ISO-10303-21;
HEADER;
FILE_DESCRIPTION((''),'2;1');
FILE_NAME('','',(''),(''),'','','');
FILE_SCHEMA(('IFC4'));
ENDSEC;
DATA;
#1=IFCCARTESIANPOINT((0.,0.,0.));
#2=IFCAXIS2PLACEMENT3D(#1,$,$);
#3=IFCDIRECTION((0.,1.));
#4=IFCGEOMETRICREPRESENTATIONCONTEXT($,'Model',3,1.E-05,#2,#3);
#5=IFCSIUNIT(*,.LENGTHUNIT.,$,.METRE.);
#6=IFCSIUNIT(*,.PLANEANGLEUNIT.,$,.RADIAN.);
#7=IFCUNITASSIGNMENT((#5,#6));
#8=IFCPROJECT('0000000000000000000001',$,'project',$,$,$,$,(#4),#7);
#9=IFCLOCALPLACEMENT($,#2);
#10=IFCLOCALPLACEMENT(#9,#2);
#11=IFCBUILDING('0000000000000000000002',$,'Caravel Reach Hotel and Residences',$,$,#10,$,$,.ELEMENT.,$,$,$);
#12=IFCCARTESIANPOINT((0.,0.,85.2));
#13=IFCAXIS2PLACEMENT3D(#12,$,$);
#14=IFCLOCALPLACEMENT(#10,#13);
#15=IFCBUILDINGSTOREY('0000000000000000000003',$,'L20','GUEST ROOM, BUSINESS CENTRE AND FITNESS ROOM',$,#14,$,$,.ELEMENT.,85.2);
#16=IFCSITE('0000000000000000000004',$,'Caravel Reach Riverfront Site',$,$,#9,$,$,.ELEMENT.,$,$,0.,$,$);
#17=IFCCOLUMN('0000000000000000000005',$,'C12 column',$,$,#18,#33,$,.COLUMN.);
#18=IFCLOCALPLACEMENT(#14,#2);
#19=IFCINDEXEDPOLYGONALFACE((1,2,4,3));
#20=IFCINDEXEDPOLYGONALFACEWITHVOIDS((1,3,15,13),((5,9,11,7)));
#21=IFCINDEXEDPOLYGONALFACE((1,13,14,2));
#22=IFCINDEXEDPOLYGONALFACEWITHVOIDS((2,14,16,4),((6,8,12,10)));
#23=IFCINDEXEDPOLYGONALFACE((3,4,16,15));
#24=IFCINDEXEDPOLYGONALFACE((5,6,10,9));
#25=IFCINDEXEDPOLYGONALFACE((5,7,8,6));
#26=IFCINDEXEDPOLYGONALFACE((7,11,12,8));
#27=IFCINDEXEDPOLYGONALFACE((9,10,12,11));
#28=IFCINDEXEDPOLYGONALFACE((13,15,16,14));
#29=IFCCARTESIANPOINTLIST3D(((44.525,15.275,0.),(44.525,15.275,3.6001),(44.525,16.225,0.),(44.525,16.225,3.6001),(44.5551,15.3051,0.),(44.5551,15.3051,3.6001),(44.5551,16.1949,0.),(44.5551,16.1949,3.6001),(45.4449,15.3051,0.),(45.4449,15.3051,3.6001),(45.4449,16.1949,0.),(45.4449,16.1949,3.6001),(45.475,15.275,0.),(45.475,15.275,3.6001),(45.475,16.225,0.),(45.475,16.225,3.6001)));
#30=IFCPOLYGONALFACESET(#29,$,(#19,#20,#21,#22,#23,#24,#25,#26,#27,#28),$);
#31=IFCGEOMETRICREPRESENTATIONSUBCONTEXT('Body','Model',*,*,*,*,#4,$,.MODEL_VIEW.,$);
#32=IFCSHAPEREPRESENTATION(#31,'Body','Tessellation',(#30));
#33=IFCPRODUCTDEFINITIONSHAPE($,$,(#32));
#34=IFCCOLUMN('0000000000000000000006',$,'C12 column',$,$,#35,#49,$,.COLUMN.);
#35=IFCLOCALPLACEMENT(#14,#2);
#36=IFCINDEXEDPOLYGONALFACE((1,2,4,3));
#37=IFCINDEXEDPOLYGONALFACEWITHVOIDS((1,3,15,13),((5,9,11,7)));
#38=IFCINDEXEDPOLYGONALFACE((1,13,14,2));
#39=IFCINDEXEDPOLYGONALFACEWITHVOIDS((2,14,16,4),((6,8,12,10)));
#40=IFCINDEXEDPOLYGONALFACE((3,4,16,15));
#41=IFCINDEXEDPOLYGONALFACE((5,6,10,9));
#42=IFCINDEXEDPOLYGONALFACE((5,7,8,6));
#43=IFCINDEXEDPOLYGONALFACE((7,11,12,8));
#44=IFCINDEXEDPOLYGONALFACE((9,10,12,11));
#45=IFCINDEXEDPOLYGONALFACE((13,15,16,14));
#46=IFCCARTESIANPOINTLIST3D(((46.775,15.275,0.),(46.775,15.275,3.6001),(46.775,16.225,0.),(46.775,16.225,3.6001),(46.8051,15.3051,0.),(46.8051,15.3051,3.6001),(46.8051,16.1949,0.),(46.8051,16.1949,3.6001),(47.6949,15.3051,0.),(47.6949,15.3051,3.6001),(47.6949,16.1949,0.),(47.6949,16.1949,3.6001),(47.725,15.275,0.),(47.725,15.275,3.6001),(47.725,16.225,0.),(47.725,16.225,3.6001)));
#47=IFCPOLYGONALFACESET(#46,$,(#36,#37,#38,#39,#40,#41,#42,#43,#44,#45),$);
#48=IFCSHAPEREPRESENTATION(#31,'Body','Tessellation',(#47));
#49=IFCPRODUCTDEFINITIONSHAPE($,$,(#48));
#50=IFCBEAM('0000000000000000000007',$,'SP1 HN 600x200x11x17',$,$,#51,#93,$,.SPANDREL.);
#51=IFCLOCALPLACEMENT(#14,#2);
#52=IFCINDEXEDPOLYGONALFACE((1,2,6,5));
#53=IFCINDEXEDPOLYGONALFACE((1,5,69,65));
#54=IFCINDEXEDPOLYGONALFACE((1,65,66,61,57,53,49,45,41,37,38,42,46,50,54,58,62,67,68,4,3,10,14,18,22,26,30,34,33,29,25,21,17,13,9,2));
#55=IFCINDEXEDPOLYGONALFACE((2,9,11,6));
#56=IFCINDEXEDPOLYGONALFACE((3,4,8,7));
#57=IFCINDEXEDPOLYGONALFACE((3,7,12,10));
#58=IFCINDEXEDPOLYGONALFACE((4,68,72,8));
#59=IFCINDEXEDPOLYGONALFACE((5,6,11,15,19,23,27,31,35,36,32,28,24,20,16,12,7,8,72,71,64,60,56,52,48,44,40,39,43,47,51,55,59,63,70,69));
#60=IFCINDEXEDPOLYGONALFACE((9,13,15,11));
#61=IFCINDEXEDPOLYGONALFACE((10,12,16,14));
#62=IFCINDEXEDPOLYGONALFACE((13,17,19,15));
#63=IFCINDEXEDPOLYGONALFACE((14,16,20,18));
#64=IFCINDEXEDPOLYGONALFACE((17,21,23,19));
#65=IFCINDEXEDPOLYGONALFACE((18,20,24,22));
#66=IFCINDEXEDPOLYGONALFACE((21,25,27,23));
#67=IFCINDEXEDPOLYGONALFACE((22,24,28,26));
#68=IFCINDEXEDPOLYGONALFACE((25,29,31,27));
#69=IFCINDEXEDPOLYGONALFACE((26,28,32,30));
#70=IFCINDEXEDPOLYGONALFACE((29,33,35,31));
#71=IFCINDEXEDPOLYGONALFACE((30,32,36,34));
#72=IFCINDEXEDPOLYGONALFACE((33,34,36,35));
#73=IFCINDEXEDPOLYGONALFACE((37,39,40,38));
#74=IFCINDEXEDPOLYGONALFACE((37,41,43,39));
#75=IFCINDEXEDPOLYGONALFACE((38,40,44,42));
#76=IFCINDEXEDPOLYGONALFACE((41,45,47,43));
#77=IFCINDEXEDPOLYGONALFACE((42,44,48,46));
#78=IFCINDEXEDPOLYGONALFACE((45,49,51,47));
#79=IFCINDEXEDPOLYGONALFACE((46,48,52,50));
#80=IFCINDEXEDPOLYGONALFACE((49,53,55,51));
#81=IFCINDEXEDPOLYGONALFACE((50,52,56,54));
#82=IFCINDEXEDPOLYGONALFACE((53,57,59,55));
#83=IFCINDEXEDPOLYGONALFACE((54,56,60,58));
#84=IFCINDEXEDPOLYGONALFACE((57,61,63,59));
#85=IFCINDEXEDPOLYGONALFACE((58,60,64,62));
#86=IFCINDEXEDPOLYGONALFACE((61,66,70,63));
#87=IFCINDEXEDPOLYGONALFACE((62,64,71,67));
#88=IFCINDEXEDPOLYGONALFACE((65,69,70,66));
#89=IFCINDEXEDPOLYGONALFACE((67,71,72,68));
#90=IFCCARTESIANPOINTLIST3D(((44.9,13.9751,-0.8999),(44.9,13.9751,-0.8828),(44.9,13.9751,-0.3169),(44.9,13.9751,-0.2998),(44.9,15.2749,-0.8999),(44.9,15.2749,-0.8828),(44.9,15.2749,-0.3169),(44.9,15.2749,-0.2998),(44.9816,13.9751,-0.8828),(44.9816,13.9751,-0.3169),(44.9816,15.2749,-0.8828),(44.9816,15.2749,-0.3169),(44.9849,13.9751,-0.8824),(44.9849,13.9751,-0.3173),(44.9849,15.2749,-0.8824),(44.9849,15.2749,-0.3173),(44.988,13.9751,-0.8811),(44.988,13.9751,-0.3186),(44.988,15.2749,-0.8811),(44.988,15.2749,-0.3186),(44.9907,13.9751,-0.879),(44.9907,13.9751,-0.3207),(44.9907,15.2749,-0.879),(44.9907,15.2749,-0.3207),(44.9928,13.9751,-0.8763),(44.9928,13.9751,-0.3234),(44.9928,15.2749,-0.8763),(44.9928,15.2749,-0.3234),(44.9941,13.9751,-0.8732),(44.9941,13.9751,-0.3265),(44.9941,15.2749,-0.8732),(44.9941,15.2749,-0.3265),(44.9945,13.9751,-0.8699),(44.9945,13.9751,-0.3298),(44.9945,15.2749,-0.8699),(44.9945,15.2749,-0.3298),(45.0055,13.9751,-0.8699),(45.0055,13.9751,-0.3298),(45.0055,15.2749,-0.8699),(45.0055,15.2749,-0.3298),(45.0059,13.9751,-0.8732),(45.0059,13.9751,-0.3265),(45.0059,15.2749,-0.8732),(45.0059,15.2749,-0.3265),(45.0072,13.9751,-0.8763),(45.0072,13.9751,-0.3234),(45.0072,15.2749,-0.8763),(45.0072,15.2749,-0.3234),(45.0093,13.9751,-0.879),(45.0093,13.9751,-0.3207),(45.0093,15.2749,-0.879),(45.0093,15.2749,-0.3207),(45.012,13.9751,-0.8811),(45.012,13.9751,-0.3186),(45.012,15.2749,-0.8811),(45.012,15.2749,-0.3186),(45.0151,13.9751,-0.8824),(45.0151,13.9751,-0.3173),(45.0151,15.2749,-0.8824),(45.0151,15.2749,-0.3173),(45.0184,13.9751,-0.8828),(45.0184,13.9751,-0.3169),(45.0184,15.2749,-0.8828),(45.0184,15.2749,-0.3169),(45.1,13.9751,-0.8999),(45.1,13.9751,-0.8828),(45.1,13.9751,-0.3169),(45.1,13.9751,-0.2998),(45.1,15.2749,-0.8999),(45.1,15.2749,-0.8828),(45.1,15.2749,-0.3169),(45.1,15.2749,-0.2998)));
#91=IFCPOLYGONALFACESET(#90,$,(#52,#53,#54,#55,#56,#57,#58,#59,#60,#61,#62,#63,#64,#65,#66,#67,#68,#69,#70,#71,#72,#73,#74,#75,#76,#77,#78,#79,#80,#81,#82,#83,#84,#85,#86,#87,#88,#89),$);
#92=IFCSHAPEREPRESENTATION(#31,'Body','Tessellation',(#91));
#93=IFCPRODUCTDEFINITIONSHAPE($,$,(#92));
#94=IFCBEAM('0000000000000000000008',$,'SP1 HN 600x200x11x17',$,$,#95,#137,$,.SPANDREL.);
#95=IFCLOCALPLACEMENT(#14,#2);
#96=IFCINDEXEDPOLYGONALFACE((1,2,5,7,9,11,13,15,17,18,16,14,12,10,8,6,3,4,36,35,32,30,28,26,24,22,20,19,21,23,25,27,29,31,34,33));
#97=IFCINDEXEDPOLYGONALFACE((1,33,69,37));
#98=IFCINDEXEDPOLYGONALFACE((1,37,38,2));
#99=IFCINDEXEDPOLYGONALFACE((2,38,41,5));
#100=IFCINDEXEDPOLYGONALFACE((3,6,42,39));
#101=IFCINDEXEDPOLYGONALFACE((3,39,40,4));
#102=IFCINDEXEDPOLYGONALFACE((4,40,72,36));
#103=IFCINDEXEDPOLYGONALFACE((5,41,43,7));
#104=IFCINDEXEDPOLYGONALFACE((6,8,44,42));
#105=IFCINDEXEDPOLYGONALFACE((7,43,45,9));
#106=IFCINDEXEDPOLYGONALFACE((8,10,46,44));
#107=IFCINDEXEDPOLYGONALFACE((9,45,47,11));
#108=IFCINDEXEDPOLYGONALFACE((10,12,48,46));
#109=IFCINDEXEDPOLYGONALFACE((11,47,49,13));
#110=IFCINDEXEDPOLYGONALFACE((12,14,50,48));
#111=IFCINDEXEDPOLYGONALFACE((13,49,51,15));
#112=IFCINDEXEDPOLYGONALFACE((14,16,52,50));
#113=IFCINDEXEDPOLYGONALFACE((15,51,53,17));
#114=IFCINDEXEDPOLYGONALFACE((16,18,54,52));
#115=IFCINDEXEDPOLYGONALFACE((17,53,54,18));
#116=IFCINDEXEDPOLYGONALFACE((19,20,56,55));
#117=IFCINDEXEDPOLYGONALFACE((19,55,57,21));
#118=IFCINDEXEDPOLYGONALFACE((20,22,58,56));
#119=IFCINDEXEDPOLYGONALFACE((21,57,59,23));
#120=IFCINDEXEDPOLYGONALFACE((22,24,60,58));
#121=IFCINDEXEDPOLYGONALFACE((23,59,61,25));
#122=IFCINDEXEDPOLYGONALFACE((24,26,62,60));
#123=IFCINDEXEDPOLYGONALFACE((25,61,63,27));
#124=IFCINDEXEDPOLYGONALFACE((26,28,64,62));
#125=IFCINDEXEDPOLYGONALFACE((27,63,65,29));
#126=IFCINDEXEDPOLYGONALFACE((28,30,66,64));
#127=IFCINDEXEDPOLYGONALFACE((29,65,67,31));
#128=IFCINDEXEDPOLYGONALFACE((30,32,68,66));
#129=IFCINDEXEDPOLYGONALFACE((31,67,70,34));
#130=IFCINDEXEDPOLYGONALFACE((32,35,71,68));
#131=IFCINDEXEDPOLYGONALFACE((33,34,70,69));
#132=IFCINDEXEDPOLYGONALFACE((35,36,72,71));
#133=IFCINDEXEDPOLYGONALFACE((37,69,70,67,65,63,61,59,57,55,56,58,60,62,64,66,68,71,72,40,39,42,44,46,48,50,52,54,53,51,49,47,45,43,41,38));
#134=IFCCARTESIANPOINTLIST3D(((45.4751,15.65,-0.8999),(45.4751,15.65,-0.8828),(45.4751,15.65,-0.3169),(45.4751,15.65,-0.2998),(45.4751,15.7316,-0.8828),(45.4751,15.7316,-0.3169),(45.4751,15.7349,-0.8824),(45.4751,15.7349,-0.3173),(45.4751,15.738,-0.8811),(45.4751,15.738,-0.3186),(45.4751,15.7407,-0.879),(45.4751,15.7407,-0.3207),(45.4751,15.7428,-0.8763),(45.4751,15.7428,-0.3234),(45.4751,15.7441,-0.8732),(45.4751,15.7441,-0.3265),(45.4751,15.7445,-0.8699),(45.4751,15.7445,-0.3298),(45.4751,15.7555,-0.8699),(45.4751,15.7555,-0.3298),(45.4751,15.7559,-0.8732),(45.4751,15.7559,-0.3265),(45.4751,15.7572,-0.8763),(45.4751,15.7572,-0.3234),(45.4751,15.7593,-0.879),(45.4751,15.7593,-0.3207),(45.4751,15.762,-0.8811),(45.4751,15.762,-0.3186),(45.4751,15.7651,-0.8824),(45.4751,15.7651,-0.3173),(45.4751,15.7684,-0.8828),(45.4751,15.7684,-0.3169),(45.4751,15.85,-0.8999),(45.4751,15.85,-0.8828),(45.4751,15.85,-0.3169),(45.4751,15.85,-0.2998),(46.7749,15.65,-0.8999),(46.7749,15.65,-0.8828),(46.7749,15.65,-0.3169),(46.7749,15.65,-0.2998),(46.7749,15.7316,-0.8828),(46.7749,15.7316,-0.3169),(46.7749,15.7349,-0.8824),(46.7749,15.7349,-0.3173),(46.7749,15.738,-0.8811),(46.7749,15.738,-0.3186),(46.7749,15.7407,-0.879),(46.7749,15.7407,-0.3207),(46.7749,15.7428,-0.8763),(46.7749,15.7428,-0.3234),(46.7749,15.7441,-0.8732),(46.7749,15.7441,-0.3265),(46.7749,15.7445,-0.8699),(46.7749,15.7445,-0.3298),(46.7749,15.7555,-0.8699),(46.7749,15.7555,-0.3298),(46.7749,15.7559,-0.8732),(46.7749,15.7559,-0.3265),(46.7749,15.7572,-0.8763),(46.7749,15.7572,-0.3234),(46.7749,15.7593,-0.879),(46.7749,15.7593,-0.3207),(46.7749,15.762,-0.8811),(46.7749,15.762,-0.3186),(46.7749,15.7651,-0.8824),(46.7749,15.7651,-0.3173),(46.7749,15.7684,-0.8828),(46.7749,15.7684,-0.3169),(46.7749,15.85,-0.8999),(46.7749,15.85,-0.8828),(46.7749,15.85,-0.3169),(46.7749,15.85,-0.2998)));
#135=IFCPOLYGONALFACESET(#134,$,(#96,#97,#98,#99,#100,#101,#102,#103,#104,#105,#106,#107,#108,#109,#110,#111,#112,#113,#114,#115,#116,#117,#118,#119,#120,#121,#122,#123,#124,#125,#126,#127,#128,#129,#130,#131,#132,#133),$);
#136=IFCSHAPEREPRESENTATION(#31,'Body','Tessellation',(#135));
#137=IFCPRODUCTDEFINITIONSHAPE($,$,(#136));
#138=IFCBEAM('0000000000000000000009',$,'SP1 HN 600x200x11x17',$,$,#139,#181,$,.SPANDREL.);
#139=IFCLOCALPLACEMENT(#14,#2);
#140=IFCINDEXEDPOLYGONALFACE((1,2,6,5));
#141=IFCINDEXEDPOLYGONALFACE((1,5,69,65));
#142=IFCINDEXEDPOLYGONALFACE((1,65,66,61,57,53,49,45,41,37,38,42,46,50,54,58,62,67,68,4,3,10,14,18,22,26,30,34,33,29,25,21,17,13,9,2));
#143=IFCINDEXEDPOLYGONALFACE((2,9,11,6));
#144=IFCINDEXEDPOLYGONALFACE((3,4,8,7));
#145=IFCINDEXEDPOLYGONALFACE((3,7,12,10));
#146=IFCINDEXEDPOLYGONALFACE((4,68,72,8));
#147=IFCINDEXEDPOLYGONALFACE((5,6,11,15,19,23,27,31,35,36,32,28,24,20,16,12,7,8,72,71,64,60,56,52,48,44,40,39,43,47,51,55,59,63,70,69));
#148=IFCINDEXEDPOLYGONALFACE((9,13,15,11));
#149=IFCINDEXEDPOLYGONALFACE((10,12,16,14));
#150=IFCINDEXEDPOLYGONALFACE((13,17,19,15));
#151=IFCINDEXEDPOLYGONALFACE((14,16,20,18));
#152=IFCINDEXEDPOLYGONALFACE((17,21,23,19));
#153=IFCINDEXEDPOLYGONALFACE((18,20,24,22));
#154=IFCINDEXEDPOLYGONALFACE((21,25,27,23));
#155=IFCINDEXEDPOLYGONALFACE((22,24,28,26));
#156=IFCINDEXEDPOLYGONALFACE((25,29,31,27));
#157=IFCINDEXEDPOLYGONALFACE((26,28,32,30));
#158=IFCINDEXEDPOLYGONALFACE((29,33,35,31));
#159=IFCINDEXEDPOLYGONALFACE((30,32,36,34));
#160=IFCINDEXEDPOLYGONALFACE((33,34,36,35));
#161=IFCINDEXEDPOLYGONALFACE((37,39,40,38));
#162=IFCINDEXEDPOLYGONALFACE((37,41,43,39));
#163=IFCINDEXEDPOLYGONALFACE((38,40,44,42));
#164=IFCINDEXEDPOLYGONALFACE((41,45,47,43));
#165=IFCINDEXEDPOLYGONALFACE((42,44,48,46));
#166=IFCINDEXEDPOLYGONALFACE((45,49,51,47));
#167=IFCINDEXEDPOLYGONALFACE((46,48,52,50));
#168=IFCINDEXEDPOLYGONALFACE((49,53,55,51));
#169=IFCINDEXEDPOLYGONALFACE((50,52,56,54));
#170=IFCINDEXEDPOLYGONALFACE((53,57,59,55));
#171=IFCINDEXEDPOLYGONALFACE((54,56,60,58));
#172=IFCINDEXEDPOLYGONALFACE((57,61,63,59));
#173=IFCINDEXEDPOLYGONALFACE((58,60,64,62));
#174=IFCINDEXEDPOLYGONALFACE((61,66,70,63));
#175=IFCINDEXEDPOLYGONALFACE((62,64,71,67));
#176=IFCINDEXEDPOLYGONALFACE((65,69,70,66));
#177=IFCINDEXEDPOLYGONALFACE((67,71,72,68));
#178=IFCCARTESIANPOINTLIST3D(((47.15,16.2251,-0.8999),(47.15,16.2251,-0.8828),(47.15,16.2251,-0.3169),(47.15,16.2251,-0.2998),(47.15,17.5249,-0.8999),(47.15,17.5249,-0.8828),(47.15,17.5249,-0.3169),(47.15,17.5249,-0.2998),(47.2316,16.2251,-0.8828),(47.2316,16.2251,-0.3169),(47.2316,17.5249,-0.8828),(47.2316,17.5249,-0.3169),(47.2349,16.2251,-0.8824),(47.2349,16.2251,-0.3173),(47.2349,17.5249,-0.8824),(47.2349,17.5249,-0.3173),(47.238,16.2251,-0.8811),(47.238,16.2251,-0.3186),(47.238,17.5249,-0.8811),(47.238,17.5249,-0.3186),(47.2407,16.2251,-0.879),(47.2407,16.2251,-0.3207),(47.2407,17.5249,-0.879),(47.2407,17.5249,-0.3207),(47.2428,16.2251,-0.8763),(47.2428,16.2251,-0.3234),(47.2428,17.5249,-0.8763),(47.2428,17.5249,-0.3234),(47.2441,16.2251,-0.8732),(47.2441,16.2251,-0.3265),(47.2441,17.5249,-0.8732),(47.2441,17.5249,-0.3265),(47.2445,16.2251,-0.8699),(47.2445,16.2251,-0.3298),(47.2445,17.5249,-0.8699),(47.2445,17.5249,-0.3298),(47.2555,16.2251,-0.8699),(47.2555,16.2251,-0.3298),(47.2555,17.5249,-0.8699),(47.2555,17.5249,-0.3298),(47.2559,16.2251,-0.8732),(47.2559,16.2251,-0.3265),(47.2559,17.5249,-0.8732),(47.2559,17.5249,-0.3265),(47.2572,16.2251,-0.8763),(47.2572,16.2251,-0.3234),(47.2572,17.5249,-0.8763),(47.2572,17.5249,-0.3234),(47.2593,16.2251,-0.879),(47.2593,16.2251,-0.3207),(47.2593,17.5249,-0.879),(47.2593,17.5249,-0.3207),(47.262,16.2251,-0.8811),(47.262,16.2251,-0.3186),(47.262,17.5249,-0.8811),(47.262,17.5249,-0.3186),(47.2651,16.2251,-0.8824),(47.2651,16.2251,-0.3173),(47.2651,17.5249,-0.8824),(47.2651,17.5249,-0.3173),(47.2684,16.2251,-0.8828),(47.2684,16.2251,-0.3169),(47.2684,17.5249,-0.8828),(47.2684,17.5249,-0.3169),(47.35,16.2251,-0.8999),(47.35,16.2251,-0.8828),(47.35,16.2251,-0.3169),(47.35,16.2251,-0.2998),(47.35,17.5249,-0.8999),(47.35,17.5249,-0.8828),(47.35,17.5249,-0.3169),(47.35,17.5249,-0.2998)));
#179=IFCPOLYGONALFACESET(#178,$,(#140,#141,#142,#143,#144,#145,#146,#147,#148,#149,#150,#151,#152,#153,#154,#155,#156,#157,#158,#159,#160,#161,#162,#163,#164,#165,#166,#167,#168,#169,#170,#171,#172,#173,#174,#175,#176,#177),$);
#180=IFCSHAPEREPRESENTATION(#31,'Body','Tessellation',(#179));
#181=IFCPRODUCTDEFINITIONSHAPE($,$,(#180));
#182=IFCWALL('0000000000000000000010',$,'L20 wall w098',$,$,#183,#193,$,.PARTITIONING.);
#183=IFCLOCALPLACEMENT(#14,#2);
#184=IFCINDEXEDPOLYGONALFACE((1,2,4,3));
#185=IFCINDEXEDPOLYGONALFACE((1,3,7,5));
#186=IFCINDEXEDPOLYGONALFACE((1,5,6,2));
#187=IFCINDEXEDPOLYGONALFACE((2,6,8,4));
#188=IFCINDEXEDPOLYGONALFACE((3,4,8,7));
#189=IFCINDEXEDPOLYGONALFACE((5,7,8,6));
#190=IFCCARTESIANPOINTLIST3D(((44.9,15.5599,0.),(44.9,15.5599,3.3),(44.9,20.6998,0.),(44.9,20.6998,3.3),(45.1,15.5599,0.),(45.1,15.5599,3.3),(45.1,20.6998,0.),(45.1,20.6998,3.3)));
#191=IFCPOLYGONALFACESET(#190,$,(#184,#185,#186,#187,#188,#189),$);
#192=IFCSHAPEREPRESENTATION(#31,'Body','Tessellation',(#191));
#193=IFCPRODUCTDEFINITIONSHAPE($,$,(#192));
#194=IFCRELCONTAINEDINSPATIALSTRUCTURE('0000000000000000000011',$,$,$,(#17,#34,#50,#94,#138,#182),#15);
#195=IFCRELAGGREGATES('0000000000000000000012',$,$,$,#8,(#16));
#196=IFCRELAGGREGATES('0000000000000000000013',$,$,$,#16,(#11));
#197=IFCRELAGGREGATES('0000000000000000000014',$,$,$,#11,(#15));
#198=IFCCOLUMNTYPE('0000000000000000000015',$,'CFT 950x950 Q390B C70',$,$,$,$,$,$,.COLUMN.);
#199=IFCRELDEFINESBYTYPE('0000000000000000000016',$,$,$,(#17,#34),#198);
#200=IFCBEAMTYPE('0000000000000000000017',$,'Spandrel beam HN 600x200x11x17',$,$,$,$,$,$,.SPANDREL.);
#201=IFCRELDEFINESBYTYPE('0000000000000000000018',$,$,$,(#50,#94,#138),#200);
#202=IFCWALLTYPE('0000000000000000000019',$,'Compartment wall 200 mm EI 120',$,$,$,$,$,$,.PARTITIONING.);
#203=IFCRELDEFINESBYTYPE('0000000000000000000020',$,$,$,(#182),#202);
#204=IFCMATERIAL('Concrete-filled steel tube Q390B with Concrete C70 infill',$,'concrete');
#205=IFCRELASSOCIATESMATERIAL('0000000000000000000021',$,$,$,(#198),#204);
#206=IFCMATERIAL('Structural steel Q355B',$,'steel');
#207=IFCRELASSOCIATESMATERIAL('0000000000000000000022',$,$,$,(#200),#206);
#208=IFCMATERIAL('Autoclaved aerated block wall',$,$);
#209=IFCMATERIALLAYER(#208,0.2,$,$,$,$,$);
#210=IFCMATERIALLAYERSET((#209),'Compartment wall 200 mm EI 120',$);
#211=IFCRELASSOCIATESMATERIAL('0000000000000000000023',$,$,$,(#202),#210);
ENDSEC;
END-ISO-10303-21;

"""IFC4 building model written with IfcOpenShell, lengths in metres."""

from ifc_helpers import new_model, si_unit, direction, frame, frame_2d, origin, origin_2d, place, context, subcontext, project, spatial, rectangle, hollow_rectangle, i_section, extrude, material, layer, layer_set, material_profile, profile_set, type_object, element, save


model = new_model("IFC4")

# Units and contexts
model_context = context("Model", 3, precision=1e-05, world=origin(), true_north=direction((0.0, 1.0)))
body_context = subcontext(model_context, "Body", "Model", "MODEL_VIEW")
ifc_project = project(units=[si_unit("LENGTHUNIT", "METRE"), si_unit("PLANEANGLEUNIT", "RADIAN")], contexts=[model_context])

# Site, building, storey
site_placement = place(None, origin())
site = spatial("IfcSite", under=ifc_project, at=site_placement, Name="Caravel Reach Riverfront Site", CompositionType="ELEMENT", RefElevation=0.0)
building_placement = place(site_placement, origin())
building = spatial("IfcBuilding", under=site, at=building_placement, Name="Caravel Reach Hotel and Residences", CompositionType="ELEMENT")
storey_placement = place(building_placement, frame((0.0, 0.0, 85.2)))
storey = spatial("IfcBuildingStorey", under=building, at=storey_placement, Name="L20", Description="GUEST ROOM, BUSINESS CENTRE AND FITNESS ROOM", CompositionType="ELEMENT", Elevation=85.2)

# Columns
ifc_material_1 = material(Name="Concrete-filled steel tube Q390B with Concrete C70 infill", Category="concrete")
ifc_material_profile_1 = material_profile(ifc_material_1, hollow_rectangle(XDim=0.95, YDim=0.95, WallThickness=0.03, at=origin_2d()), Name="RHS 950x950x30")
ifc_profile_set_1 = profile_set([ifc_material_profile_1], Name="Concrete-filled steel tube Q390B with Concrete C70 infill")
column_type = type_object("IfcColumnType", Name="CFT 950x950 Q390B C70", PredefinedType="COLUMN", material=ifc_profile_set_1)
for number, where, z_axis, x_axis, name in (
    (1, (45.0, 15.75, 0.0), (0.0, 0.0, 1.0), (1.0, 0.0, 0.0), "C12 column"),
    (2, (47.25, 15.75, 0.0), (0.0, 0.0, 1.0), (1.0, 0.0, 0.0), "C12 column"),
):
    element("IfcColumn", number, at=place(storey_placement, frame(where, z_axis=z_axis, x_axis=x_axis)), inside=storey, type_object=column_type, Name=name, PredefinedType="COLUMN", context=body_context, shape_type="SweptSolid", body=[
        extrude(hollow_rectangle(XDim=0.95, YDim=0.95, WallThickness=0.03, at=origin_2d()), origin(), (0.0, 0.0, 1.0), 3.6001),
    ])

# Beams
ifc_material_2 = material(Name="Structural steel Q355B", Category="steel")
ifc_material_profile_2 = material_profile(ifc_material_2, i_section(OverallWidth=0.2, OverallDepth=0.6001, WebThickness=0.011, FlangeThickness=0.0171, FilletRadius=0.0129, at=origin_2d()), Name="HN 600x200x11x17")
ifc_profile_set_2 = profile_set([ifc_material_profile_2], Name="Structural steel Q355B")
beam_type = type_object("IfcBeamType", Name="Spandrel beam HN 600x200x11x17", PredefinedType="SPANDREL", material=ifc_profile_set_2)
for number, where, z_axis, x_axis, name in (
    (3, (45.0, 13.9751, -0.5999), (0.0, 1.0, 0.0), (-1.0, 0.0, 0.0), "SP1 HN 600x200x11x17"),
    (4, (45.4751, 15.75, -0.5999), (1.0, 0.0, 0.0), (0.0, 1.0, 0.0), "SP1 HN 600x200x11x17"),
    (5, (47.25, 16.2251, -0.5999), (0.0, 1.0, 0.0), (-1.0, 0.0, 0.0), "SP1 HN 600x200x11x17"),
):
    element("IfcBeam", number, at=place(storey_placement, frame(where, z_axis=z_axis, x_axis=x_axis)), inside=storey, type_object=beam_type, Name=name, PredefinedType="SPANDREL", context=body_context, shape_type="SweptSolid", body=[
        extrude(i_section(OverallWidth=0.2, OverallDepth=0.6001, WebThickness=0.011, FlangeThickness=0.0171, FilletRadius=0.0129, at=origin_2d()), origin(), (0.0, 0.0, 1.0), 1.2998),
    ])

# Wall
ifc_material_3 = material(Name="Autoclaved aerated block wall")
ifc_layer_1 = layer(ifc_material_3, 0.2)
ifc_layer_set_1 = layer_set([ifc_layer_1], Name="Compartment wall 200 mm EI 120")
wall_type_1 = type_object("IfcWallType", Name="Compartment wall 200 mm EI 120", PredefinedType="PARTITIONING", material=ifc_layer_set_1)
wall_1_placement = place(storey_placement, frame((45.0, 15.5601, 0.0), z_axis=(0.0, 0.0, 1.0), x_axis=(0.0, 1.0, 0.0)))
element("IfcWall", 6, at=wall_1_placement, inside=storey, type_object=wall_type_1, Name="L20 wall w098", PredefinedType="PARTITIONING", context=body_context, shape_type="SweptSolid", body=[
    extrude(rectangle(XDim=5.1399, YDim=0.2, at=frame_2d((2.5698, 0.0))), origin(), (0.0, 0.0, 1.0), 3.3),
])

save(model, "model.ifc")
